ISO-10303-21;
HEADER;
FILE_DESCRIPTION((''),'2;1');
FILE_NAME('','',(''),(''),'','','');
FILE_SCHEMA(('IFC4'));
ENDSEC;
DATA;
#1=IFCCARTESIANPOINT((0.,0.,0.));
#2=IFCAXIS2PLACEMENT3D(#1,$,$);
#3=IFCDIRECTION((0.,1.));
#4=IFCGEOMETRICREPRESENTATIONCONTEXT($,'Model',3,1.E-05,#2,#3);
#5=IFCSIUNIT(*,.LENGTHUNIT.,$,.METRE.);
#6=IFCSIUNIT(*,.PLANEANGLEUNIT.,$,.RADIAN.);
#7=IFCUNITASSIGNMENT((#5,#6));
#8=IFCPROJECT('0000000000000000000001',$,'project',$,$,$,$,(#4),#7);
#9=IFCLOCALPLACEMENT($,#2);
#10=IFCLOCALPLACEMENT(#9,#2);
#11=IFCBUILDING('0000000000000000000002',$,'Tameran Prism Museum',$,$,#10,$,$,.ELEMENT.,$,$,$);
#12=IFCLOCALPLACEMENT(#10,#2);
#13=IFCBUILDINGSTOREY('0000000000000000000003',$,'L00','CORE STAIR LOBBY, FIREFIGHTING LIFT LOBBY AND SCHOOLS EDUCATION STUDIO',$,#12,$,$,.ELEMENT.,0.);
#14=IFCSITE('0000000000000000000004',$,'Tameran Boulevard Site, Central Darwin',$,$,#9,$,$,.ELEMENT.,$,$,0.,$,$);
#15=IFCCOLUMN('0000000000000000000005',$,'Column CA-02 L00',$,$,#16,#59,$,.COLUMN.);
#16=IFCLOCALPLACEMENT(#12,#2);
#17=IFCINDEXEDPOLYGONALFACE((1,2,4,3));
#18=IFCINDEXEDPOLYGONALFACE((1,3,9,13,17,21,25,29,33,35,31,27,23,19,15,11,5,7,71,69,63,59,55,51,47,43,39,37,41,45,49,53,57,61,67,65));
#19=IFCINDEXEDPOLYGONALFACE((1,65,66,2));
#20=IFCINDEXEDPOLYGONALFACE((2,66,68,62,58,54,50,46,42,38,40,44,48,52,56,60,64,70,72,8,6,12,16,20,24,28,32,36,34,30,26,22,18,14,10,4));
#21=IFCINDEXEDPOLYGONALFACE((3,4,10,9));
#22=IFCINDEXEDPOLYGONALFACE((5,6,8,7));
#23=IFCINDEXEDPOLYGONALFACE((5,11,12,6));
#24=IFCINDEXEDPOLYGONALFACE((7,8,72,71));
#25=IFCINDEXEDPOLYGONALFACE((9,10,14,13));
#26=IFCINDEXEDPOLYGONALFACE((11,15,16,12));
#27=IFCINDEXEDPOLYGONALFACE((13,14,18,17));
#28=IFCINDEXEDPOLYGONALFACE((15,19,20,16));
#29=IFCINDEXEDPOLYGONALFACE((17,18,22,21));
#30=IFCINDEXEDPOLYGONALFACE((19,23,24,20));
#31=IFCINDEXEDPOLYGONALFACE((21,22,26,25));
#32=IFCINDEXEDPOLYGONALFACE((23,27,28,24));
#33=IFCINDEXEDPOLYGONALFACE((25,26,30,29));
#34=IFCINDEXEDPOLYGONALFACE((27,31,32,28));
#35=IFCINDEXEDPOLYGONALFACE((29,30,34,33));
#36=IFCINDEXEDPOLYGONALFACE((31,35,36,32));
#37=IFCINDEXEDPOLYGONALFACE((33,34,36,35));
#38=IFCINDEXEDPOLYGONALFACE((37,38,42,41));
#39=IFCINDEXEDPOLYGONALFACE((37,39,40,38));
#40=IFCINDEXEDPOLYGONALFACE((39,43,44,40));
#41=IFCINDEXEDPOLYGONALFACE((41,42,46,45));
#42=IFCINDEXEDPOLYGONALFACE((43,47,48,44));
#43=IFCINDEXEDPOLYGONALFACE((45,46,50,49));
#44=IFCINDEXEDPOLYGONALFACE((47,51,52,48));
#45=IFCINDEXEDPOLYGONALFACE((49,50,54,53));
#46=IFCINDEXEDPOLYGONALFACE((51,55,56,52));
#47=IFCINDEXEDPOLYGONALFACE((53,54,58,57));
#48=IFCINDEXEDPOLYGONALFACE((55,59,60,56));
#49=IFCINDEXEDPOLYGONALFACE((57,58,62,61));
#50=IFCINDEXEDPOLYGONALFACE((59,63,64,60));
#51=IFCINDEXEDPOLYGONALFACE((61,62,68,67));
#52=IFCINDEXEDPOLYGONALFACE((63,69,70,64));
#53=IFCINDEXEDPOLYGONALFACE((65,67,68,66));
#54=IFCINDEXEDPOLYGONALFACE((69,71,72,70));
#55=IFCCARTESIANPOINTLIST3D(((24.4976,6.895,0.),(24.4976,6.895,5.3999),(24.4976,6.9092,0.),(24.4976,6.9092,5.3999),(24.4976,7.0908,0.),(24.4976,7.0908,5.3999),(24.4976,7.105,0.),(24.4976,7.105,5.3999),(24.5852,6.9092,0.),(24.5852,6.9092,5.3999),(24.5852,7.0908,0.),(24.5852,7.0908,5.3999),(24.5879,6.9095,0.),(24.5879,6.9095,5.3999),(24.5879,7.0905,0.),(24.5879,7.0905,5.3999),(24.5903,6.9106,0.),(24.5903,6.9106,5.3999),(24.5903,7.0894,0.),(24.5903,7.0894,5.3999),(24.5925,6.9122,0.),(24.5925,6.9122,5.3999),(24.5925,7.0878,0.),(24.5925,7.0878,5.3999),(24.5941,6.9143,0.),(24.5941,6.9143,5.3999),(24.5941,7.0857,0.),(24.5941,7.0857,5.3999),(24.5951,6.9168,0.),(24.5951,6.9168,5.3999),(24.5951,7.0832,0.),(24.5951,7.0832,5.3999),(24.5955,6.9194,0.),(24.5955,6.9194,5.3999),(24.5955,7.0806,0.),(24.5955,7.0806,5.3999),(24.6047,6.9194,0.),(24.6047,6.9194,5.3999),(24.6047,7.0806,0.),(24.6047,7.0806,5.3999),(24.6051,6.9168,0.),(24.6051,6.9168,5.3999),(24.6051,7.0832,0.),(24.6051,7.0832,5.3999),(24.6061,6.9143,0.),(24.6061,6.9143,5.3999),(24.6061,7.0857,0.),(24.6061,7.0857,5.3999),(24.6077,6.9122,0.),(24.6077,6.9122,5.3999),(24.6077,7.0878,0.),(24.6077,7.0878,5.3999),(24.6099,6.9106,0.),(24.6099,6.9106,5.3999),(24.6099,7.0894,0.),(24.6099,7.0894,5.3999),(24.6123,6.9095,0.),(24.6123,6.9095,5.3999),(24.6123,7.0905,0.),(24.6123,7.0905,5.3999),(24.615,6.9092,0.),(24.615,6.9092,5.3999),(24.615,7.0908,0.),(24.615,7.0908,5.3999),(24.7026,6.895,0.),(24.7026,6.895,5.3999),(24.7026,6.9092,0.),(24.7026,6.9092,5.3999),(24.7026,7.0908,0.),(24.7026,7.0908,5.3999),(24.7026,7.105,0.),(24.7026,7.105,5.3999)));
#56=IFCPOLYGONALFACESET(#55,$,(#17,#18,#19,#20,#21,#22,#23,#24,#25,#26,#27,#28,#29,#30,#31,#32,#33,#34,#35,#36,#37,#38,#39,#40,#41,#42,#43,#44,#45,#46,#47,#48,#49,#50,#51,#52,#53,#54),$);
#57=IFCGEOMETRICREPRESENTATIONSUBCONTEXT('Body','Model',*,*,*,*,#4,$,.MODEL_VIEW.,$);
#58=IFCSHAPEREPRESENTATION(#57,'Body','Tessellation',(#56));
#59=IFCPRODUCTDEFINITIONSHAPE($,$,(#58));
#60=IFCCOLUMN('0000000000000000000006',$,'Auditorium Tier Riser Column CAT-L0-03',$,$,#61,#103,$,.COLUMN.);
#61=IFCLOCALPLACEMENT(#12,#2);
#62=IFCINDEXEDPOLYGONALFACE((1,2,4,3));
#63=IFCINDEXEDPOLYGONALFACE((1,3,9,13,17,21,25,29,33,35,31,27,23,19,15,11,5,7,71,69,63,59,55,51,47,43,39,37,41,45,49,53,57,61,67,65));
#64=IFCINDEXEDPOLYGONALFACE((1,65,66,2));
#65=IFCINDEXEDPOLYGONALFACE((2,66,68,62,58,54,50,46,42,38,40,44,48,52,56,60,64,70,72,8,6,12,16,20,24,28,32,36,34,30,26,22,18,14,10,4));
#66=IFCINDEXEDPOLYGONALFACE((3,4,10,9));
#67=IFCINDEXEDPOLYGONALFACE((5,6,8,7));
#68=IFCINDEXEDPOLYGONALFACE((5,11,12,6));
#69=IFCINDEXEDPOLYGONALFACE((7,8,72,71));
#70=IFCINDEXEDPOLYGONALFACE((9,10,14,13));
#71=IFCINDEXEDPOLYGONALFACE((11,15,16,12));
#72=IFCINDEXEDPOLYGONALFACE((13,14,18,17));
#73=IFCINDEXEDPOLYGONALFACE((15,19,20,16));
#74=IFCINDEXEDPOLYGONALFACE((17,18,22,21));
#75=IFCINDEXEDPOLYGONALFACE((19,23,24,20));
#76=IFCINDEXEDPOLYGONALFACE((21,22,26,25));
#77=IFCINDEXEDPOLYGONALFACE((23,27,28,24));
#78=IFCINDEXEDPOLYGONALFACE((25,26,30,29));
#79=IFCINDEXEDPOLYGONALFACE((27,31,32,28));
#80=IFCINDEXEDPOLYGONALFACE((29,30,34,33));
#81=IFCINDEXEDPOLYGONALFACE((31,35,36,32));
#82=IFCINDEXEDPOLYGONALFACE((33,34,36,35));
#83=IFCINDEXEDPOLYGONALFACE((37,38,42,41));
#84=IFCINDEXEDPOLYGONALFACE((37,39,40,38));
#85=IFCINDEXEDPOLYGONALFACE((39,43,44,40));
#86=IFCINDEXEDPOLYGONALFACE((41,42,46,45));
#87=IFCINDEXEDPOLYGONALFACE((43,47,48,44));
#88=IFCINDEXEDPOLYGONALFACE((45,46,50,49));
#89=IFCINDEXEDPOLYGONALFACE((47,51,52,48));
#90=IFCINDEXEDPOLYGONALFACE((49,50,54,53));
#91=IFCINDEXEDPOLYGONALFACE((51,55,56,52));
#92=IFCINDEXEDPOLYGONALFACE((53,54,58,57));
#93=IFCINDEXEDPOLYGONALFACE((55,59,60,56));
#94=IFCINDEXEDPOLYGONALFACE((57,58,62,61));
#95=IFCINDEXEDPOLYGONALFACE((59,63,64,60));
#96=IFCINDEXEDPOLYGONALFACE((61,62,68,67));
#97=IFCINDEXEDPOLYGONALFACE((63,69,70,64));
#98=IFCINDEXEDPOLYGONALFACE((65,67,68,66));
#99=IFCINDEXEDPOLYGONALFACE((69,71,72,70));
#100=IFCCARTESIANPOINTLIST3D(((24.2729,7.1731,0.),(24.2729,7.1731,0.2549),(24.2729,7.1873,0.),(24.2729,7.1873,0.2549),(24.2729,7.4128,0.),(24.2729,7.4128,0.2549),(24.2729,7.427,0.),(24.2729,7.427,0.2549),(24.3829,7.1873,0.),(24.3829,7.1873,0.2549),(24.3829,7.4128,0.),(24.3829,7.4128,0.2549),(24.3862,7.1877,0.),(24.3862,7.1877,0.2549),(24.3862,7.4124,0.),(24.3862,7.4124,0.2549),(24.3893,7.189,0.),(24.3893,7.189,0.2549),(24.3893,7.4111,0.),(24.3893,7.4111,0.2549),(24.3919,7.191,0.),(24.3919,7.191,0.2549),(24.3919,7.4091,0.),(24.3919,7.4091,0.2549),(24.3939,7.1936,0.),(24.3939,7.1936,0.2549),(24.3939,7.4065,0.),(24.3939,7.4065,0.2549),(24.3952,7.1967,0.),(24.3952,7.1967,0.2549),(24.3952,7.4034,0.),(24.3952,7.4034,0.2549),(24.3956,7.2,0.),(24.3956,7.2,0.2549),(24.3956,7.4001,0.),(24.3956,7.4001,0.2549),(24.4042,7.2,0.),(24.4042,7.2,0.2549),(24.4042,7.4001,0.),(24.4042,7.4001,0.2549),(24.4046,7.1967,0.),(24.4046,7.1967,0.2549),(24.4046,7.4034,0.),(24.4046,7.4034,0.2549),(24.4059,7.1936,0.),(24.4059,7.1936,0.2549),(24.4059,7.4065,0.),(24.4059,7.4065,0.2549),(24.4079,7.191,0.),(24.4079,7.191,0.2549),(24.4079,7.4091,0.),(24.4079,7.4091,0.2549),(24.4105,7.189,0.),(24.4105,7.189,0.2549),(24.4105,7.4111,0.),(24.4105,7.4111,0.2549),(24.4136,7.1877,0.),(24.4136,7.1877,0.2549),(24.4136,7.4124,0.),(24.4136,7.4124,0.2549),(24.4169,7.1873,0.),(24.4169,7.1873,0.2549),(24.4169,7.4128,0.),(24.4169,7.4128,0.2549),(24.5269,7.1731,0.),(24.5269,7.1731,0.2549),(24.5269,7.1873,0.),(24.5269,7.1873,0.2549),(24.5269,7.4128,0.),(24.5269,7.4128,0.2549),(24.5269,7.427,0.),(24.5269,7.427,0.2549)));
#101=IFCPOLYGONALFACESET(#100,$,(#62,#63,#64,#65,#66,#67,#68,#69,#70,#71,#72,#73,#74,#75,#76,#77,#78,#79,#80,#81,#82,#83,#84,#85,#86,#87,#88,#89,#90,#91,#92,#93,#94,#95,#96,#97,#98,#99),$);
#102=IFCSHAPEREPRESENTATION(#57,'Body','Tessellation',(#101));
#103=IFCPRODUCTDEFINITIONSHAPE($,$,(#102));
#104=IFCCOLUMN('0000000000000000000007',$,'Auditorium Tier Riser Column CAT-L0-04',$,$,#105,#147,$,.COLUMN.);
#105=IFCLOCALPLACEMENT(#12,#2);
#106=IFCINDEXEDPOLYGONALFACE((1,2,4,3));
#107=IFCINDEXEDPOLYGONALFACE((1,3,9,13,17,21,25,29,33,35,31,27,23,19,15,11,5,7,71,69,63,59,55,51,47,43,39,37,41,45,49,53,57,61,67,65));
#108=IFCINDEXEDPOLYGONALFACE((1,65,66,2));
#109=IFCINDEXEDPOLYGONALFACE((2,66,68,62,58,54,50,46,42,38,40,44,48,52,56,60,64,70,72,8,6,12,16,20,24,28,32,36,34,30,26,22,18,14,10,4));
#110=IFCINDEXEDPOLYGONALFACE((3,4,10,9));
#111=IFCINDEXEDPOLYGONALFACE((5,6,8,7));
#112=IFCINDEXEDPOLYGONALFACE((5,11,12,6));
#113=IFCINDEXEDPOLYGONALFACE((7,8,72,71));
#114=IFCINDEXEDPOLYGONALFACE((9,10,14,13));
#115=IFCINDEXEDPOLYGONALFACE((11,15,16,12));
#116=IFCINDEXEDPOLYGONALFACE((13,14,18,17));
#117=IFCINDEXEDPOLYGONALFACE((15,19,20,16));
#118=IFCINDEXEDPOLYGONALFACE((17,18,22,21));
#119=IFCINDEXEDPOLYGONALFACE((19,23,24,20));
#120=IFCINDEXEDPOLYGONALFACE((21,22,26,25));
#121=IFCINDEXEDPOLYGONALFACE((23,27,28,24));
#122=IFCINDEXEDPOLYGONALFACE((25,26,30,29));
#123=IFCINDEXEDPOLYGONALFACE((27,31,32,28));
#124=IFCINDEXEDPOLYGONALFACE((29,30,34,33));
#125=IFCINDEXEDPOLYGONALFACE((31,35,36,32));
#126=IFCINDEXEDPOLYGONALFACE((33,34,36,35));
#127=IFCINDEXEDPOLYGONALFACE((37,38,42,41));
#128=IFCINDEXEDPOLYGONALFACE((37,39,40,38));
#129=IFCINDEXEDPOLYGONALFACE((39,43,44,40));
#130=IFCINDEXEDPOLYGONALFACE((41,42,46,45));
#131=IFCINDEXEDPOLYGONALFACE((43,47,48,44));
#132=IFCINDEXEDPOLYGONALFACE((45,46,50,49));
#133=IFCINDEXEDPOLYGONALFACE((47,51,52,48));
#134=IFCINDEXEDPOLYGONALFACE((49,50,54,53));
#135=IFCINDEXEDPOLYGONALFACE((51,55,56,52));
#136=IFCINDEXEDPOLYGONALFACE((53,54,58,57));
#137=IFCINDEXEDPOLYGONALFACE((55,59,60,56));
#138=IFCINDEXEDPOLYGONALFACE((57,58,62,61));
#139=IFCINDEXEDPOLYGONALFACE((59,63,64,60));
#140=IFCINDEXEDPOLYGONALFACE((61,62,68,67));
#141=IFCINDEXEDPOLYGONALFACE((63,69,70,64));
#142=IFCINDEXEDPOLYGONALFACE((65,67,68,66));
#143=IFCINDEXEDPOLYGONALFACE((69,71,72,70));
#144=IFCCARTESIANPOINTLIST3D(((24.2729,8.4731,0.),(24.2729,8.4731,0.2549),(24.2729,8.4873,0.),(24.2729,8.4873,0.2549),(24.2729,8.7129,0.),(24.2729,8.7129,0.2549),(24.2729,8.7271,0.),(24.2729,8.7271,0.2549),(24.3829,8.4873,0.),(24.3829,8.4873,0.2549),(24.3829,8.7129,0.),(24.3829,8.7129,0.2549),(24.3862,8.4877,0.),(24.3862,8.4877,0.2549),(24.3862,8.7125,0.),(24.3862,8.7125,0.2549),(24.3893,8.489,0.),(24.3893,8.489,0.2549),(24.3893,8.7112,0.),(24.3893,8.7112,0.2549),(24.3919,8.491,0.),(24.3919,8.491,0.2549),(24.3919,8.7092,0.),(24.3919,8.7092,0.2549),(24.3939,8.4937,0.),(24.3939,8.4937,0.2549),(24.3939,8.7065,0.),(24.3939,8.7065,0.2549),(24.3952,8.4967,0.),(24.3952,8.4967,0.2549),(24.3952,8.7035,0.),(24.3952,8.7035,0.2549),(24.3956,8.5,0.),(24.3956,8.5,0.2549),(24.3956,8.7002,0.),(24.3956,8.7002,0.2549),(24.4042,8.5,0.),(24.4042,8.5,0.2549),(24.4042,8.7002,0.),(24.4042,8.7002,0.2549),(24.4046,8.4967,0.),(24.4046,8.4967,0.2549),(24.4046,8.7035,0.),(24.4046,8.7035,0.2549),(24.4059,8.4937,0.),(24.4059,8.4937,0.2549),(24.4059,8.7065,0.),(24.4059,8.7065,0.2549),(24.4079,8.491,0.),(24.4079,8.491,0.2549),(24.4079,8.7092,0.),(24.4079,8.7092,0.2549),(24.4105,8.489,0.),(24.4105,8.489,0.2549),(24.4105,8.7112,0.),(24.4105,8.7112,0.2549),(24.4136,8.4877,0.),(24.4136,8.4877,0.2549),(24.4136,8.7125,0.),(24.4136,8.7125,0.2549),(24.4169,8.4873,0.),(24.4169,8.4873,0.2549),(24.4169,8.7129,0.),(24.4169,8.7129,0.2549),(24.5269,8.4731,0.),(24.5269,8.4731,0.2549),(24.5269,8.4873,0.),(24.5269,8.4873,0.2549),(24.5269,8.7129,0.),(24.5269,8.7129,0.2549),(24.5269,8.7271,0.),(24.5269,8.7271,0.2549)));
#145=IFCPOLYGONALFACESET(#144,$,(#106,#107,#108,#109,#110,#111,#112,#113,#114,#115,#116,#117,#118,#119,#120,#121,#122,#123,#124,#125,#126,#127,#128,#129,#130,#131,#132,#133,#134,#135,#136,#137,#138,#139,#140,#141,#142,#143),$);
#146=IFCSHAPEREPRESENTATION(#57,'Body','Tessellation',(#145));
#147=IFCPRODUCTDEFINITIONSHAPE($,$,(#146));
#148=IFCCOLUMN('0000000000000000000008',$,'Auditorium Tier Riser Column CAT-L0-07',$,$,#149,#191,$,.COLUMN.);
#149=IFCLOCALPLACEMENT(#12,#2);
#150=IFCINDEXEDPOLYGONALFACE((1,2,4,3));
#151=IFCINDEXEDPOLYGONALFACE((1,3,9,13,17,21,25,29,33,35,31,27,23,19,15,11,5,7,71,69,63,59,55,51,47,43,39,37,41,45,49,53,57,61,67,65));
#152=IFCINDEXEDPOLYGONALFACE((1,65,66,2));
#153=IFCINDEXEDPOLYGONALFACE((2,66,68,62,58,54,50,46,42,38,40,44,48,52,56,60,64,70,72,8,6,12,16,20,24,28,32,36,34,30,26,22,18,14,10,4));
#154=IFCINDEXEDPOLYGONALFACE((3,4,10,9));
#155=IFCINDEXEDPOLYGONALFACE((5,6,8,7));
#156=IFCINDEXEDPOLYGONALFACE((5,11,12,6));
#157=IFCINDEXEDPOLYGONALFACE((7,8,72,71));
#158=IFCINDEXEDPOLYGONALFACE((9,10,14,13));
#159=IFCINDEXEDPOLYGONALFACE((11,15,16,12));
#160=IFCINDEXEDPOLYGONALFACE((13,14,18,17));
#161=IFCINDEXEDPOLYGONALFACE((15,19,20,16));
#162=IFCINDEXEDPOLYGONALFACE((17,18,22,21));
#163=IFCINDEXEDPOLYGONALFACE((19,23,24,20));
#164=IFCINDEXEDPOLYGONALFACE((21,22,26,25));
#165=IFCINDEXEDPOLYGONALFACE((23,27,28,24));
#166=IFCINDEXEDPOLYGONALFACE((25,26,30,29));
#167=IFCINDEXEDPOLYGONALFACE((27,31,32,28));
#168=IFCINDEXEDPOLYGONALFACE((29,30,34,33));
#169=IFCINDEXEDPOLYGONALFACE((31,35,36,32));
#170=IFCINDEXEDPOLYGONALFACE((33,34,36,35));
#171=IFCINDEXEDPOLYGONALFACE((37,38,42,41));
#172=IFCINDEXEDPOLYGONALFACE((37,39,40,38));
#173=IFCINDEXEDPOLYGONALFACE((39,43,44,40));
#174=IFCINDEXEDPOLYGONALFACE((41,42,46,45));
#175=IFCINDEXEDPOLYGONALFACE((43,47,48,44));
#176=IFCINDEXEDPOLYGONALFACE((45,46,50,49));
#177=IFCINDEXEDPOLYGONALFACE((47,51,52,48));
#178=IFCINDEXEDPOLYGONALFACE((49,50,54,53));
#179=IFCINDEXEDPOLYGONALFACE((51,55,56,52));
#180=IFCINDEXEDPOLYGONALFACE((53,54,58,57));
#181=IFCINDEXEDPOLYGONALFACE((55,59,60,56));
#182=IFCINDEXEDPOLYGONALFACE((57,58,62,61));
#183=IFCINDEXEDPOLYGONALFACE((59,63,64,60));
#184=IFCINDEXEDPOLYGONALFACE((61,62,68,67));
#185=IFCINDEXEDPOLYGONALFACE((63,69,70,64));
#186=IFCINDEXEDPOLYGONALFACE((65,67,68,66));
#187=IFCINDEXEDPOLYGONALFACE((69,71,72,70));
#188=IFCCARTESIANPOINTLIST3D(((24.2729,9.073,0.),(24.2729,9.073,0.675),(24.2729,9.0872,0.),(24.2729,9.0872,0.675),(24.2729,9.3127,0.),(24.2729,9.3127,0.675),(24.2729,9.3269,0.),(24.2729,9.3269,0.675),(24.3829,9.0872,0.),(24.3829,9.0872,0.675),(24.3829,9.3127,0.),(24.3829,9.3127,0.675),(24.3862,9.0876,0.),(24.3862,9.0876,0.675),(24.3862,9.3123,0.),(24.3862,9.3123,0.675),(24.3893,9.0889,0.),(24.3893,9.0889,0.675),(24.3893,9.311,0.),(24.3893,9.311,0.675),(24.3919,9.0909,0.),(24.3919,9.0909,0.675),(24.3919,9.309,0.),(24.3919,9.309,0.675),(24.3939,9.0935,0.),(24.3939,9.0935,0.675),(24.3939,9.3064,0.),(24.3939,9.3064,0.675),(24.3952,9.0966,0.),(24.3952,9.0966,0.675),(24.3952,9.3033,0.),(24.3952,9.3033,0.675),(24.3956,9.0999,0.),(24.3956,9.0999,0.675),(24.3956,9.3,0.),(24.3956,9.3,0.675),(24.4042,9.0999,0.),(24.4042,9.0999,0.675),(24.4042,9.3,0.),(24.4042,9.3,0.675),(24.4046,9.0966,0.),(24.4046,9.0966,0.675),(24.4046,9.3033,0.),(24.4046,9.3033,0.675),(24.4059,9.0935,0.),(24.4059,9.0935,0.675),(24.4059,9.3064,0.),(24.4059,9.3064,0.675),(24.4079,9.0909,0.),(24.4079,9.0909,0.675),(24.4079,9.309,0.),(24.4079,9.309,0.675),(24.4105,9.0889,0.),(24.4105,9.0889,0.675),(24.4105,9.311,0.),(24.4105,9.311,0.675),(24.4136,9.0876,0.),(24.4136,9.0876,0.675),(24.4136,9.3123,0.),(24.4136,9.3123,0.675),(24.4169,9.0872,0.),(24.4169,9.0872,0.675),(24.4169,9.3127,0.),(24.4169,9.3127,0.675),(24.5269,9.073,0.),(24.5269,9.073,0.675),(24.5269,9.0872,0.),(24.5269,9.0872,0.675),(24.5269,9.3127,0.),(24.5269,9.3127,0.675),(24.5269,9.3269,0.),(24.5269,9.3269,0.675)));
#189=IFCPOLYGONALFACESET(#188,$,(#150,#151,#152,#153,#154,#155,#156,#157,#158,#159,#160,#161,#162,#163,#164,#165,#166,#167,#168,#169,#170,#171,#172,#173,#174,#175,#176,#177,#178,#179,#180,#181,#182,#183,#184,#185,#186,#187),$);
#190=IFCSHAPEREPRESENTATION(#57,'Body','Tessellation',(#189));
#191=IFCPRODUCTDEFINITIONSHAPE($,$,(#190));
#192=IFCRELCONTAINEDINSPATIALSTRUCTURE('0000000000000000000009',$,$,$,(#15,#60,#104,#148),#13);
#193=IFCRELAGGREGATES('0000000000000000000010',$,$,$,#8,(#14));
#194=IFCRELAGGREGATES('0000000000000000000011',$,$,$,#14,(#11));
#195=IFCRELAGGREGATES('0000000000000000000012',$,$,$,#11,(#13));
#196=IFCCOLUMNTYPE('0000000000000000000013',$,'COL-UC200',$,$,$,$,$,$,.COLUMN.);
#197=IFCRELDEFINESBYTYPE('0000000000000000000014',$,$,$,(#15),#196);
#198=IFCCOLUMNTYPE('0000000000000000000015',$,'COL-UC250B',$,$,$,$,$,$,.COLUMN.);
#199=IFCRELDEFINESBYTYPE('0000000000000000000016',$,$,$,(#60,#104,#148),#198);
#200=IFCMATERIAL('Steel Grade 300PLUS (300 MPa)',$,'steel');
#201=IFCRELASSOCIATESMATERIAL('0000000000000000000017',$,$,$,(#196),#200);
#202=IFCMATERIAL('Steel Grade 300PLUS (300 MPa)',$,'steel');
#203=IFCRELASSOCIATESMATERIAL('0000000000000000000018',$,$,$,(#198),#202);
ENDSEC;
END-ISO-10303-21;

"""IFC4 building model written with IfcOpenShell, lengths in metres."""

from ifc_helpers import new_model, si_unit, direction, frame, origin, origin_2d, place, context, subcontext, project, spatial, i_section, extrude, material, material_profile, profile_set, type_object, element, save


model = new_model("IFC4")

# Units and contexts
model_context = context("Model", 3, precision=1e-05, world=origin(), true_north=direction((0.0, 1.0)))
body_context = subcontext(model_context, "Body", "Model", "MODEL_VIEW")
ifc_project = project(units=[si_unit("LENGTHUNIT", "METRE"), si_unit("PLANEANGLEUNIT", "RADIAN")], contexts=[model_context])

# Site, building, storey
site_placement = place(None, origin())
site = spatial("IfcSite", under=ifc_project, at=site_placement, Name="Tameran Boulevard Site, Central Darwin", CompositionType="ELEMENT", RefElevation=0.0)
building_placement = place(site_placement, origin())
building = spatial("IfcBuilding", under=site, at=building_placement, Name="Tameran Prism Museum", CompositionType="ELEMENT")
storey_placement = place(building_placement, origin())
storey = spatial("IfcBuildingStorey", under=building, at=storey_placement, Name="L00", Description="CORE STAIR LOBBY, FIREFIGHTING LIFT LOBBY AND SCHOOLS EDUCATION STUDIO", CompositionType="ELEMENT", Elevation=0.0)

# Columns
ifc_material_1 = material(Name="Steel Grade 300PLUS (300 MPa)", Category="steel")
ifc_material_profile_1 = material_profile(ifc_material_1, i_section(OverallWidth=0.2051, OverallDepth=0.21, WebThickness=0.0093, FlangeThickness=0.0142, FilletRadius=0.0103, at=origin_2d()))
ifc_profile_set_1 = profile_set([ifc_material_profile_1])
column_type_1 = type_object("IfcColumnType", Name="COL-UC200", PredefinedType="COLUMN", material=ifc_profile_set_1)
column_1_placement = place(storey_placement, frame((24.6001, 7.0, 0.0), z_axis=(0.0, 0.0, 1.0), x_axis=(1.0, 0.0, 0.0)))
element("IfcColumn", 1, at=column_1_placement, inside=storey, type_object=column_type_1, Name="Column CA-02 L00", PredefinedType="COLUMN", context=body_context, shape_type="SweptSolid", body=[
    extrude(i_section(OverallWidth=0.2051, OverallDepth=0.21, WebThickness=0.0093, FlangeThickness=0.0142, FilletRadius=0.0103, at=origin_2d()), origin(), (0.0, 0.0, 1.0), 5.3999),
])
ifc_material_2 = material(Name="Steel Grade 300PLUS (300 MPa)", Category="steel")
ifc_material_profile_2 = material_profile(ifc_material_2, i_section(OverallWidth=0.2539, OverallDepth=0.2539, WebThickness=0.0085, FlangeThickness=0.0142, FilletRadius=0.0127, at=origin_2d()))
ifc_profile_set_2 = profile_set([ifc_material_profile_2])
column_type_2 = type_object("IfcColumnType", Name="COL-UC250B", PredefinedType="COLUMN", material=ifc_profile_set_2)
for number, where, z_axis, x_axis, name in (
    (2, (24.3999, 7.3, 0.0), (0.0, 0.0, 1.0), (1.0, 0.0, 0.0), "Auditorium Tier Riser Column CAT-L0-03"),
    (3, (24.3999, 8.6001, 0.0), (0.0, 0.0, 1.0), (1.0, 0.0, 0.0), "Auditorium Tier Riser Column CAT-L0-04"),
):
    element("IfcColumn", number, at=place(storey_placement, frame(where, z_axis=z_axis, x_axis=x_axis)), inside=storey, type_object=column_type_2, Name=name, PredefinedType="COLUMN", context=body_context, shape_type="SweptSolid", body=[
        extrude(i_section(OverallWidth=0.2539, OverallDepth=0.2539, WebThickness=0.0085, FlangeThickness=0.0142, FilletRadius=0.0127, at=origin_2d()), origin(), (0.0, 0.0, 1.0), 0.2549),
    ])
for number, where, z_axis, x_axis, name in (
    (4, (24.3999, 9.2, 0.0), (0.0, 0.0, 1.0), (1.0, 0.0, 0.0), "Auditorium Tier Riser Column CAT-L0-07"),
):
    element("IfcColumn", number, at=place(storey_placement, frame(where, z_axis=z_axis, x_axis=x_axis)), inside=storey, type_object=column_type_2, Name=name, PredefinedType="COLUMN", context=body_context, shape_type="SweptSolid", body=[
        extrude(i_section(OverallWidth=0.2539, OverallDepth=0.2539, WebThickness=0.0085, FlangeThickness=0.0142, FilletRadius=0.0127, at=origin_2d()), origin(), (0.0, 0.0, 1.0), 0.675),
    ])

save(model, "model.ifc")
